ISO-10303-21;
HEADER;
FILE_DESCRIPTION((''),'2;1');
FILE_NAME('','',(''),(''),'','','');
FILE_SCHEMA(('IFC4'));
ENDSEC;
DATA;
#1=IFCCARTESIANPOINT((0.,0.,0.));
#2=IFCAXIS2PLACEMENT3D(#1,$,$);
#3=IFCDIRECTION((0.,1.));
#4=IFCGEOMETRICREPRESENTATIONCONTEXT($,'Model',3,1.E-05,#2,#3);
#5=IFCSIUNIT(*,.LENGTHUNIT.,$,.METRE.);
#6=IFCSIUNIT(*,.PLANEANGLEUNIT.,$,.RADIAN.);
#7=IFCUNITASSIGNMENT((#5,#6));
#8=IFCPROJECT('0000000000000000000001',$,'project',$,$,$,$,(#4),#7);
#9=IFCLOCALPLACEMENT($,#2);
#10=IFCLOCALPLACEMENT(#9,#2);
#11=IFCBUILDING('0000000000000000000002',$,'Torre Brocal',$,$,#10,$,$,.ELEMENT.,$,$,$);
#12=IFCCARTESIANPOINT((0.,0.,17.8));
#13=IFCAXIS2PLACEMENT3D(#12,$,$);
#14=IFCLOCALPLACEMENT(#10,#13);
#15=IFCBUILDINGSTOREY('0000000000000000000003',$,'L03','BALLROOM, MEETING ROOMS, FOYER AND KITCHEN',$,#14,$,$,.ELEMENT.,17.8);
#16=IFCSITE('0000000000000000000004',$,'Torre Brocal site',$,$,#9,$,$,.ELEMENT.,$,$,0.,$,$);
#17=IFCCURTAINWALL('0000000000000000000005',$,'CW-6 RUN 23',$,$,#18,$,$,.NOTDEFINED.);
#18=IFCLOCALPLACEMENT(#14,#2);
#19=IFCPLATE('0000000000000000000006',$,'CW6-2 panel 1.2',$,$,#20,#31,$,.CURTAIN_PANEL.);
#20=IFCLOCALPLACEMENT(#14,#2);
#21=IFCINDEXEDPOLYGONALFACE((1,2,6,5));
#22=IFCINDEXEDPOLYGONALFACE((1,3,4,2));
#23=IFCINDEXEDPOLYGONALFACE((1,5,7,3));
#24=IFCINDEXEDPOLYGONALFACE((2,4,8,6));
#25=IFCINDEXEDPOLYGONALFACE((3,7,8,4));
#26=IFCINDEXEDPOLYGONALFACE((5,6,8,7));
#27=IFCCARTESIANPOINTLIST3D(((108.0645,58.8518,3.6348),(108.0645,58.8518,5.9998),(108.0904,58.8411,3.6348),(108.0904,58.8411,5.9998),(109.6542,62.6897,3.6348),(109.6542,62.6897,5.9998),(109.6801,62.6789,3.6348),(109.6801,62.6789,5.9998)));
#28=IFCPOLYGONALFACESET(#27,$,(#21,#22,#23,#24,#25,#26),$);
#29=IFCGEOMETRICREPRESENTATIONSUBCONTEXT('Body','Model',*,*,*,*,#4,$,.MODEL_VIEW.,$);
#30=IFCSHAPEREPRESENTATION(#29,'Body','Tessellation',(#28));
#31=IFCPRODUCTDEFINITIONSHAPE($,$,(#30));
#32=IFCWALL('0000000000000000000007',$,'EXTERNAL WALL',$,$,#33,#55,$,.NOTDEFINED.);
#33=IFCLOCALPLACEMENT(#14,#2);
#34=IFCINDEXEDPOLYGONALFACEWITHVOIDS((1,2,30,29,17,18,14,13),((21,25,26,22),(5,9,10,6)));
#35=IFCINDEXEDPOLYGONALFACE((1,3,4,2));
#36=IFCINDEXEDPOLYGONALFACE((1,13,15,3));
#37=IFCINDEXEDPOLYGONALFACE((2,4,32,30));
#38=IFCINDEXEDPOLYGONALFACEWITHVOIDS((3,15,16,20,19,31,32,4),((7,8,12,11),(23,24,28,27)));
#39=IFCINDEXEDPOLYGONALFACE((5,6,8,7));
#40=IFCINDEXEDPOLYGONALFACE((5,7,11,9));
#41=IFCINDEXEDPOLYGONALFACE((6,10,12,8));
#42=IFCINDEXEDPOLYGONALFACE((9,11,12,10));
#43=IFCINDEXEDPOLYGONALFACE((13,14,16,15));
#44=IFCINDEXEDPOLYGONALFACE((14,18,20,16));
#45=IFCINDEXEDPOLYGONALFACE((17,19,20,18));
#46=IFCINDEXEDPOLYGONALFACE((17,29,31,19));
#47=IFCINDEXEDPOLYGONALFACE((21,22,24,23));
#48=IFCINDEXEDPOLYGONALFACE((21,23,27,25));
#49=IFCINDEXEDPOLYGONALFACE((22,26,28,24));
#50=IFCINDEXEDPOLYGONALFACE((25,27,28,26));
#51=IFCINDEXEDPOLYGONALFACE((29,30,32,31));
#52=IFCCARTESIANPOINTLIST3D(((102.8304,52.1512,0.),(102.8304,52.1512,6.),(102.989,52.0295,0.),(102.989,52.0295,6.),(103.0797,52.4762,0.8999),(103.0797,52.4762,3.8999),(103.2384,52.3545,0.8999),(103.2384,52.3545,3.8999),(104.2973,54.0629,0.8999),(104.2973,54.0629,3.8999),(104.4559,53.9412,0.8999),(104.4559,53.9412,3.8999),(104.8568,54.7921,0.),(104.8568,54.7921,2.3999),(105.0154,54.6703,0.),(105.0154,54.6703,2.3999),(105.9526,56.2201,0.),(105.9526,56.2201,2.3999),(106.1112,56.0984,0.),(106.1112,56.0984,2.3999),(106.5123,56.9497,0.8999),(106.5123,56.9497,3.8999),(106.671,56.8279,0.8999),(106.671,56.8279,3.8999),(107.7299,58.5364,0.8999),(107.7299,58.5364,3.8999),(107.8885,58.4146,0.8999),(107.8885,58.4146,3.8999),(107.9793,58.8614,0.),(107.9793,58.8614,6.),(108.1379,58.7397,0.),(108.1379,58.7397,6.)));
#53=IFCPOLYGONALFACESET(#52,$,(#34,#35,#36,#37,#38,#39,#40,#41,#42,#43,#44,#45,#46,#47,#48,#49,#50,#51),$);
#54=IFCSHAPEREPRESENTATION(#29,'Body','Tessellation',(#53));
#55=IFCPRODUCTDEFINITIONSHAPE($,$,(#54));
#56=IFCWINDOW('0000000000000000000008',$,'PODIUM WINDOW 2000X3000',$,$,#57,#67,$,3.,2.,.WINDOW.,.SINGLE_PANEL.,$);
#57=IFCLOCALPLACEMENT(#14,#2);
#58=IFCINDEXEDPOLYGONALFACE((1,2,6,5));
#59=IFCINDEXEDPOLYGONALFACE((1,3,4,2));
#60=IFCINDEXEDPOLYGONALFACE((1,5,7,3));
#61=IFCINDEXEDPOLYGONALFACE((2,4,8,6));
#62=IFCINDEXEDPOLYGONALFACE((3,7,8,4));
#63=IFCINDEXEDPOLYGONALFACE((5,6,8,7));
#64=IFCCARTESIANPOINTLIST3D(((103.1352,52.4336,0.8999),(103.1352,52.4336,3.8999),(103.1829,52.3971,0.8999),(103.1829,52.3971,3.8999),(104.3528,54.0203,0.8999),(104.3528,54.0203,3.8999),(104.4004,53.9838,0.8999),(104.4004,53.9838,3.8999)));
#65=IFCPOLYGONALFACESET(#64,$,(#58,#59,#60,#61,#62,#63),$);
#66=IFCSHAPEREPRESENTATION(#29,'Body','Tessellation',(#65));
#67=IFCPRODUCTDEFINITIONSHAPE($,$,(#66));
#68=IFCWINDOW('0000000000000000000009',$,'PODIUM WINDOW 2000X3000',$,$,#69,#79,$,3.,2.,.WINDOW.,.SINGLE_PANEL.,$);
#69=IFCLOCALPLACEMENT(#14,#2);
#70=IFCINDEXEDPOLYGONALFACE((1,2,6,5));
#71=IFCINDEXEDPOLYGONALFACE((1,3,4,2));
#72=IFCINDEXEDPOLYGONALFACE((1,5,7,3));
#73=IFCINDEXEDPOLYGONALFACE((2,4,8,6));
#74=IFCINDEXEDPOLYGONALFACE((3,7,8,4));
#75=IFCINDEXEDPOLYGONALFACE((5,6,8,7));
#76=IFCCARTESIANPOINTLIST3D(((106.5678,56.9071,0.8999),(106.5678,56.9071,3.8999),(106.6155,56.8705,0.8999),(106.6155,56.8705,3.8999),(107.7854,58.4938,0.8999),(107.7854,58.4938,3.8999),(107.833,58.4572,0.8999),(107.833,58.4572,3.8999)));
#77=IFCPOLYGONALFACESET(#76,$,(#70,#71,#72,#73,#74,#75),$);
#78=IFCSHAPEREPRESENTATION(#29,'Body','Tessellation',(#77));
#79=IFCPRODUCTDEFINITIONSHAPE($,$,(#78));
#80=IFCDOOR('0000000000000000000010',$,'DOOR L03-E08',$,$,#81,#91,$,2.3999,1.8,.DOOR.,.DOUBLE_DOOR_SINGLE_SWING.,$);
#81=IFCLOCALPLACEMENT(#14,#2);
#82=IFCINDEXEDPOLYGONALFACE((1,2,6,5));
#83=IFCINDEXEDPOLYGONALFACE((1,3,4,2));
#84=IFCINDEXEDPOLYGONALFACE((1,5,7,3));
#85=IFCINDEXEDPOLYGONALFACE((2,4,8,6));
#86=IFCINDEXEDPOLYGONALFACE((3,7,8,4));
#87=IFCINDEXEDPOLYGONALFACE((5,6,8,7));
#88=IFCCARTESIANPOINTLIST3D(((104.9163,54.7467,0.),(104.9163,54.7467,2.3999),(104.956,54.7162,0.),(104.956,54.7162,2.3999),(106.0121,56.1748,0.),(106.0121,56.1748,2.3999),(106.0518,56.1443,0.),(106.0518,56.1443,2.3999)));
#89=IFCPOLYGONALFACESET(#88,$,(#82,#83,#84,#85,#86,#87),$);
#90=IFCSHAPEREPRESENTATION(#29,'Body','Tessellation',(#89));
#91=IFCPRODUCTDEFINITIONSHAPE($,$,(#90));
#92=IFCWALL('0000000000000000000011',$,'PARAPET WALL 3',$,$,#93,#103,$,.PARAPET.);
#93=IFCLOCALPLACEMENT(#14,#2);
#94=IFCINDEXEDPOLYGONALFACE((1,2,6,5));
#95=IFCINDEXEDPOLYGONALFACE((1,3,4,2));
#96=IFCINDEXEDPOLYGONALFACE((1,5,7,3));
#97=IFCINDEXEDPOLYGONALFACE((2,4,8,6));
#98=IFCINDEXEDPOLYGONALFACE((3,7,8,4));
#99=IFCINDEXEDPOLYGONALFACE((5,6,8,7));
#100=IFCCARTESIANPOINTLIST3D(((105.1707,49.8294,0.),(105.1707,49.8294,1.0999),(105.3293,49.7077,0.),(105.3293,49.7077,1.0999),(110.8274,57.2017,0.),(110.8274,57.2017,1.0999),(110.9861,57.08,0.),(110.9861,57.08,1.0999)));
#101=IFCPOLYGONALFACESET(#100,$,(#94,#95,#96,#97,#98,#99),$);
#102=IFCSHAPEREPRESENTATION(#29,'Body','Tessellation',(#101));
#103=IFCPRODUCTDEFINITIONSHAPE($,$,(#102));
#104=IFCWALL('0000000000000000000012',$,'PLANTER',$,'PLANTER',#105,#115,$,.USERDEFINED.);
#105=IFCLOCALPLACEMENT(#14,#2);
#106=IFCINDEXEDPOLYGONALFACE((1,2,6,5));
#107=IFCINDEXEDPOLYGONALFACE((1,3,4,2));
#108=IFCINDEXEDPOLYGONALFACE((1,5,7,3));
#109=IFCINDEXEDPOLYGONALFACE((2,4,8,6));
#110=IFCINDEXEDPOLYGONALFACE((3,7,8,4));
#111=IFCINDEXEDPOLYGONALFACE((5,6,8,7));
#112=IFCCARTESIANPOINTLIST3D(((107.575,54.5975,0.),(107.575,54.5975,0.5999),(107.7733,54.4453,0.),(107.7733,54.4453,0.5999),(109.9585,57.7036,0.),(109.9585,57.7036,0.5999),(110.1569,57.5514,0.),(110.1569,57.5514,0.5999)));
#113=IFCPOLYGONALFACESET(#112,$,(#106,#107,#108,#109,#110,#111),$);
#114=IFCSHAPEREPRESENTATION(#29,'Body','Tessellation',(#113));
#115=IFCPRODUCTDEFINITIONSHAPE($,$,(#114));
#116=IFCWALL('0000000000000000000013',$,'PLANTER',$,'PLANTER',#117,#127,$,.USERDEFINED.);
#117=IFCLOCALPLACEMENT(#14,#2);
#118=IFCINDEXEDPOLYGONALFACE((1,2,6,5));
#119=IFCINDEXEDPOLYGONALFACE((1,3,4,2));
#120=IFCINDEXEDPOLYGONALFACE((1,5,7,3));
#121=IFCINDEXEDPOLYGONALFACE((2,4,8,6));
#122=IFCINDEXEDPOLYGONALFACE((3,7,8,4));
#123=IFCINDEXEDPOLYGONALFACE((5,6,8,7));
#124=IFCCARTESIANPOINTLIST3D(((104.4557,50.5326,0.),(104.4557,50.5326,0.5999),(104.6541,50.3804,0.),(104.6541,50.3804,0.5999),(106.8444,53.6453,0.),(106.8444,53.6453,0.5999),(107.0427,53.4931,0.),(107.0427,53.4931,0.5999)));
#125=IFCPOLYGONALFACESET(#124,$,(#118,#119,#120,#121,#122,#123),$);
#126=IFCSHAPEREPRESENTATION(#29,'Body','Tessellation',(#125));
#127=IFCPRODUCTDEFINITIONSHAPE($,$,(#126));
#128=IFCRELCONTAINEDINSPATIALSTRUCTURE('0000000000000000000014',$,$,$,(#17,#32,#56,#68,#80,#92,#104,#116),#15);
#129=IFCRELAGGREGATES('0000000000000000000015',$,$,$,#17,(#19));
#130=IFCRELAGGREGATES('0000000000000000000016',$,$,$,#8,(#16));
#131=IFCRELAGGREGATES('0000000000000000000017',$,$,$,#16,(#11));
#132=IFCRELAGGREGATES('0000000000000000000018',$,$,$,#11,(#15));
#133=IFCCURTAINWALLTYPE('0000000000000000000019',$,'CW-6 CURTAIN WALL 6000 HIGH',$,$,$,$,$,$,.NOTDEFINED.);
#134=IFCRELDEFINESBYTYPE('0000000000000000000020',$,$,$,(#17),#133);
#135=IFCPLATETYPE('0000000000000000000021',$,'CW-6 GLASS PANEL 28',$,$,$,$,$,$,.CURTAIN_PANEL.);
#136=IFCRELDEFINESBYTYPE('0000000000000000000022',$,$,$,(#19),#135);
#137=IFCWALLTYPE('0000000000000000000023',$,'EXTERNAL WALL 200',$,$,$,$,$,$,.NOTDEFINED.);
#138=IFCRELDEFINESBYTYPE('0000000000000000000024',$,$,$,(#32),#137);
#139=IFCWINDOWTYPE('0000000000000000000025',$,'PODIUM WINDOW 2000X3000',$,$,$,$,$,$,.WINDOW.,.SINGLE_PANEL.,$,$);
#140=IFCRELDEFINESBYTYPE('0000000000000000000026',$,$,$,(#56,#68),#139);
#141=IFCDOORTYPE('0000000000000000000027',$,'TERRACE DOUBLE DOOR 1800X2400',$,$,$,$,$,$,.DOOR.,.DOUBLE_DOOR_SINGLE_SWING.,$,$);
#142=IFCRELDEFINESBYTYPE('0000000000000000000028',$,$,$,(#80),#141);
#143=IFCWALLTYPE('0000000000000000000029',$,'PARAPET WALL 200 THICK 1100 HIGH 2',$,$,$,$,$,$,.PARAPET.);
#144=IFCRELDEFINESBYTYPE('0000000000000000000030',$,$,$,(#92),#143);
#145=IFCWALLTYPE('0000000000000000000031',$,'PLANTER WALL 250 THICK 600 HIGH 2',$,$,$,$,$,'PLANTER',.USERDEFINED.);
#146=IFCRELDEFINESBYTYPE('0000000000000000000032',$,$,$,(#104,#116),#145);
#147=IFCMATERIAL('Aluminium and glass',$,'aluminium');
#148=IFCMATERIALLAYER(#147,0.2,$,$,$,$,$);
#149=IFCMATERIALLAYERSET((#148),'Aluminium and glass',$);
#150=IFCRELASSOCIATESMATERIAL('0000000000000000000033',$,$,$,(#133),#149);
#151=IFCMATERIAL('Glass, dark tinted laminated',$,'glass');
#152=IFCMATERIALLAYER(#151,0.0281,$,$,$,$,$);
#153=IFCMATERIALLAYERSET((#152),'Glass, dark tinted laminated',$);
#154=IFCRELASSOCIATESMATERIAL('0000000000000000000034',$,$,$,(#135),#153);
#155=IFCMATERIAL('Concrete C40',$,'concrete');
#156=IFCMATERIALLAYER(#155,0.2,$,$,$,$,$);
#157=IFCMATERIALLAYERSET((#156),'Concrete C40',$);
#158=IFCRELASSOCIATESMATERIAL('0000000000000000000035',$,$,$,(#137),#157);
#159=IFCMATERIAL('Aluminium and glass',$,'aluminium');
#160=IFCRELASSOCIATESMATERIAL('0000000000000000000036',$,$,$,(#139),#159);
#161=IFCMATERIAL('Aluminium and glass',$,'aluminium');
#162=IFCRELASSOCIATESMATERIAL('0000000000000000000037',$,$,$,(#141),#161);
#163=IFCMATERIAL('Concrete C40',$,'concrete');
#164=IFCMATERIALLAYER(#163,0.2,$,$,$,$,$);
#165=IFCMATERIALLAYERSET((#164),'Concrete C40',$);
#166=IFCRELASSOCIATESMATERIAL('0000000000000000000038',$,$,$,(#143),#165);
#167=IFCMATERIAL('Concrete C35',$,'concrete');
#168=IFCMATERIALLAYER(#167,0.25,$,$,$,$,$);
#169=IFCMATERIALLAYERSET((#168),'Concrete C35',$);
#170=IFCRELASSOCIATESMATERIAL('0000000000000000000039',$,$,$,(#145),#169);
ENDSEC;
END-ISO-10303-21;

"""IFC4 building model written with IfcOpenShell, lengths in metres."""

from ifc_helpers import new_model, si_unit, direction, frame, frame_2d, origin, origin_2d, place, context, subcontext, project, spatial, rectangle, extrude, material, layer, layer_set, type_object, element, fill, aggregate, save


model = new_model("IFC4")

# Units and contexts
model_context = context("Model", 3, precision=1e-05, world=origin(), true_north=direction((0.0, 1.0)))
body_context = subcontext(model_context, "Body", "Model", "MODEL_VIEW")
ifc_project = project(units=[si_unit("LENGTHUNIT", "METRE"), si_unit("PLANEANGLEUNIT", "RADIAN")], contexts=[model_context])

# Site, building, storey
site_placement = place(None, origin())
site = spatial("IfcSite", under=ifc_project, at=site_placement, Name="Torre Brocal site", CompositionType="ELEMENT", RefElevation=0.0)
building_placement = place(site_placement, origin())
building = spatial("IfcBuilding", under=site, at=building_placement, Name="Torre Brocal", CompositionType="ELEMENT")
storey_placement = place(building_placement, frame((0.0, 0.0, 17.8)))
storey = spatial("IfcBuildingStorey", under=building, at=storey_placement, Name="L03", Description="BALLROOM, MEETING ROOMS, FOYER AND KITCHEN", CompositionType="ELEMENT", Elevation=17.8)

# Shared definitions
ifc_material_1 = material(Name="Aluminium and glass", Category="aluminium")
ifc_layer_1 = layer(ifc_material_1, 0.2)
ifc_layer_set_1 = layer_set([ifc_layer_1], Name="Aluminium and glass")
curtain_wall_type = type_object("IfcCurtainWallType", Name="CW-6 CURTAIN WALL 6000 HIGH", PredefinedType="NOTDEFINED", material=ifc_layer_set_1)

# Curtain wall
curtain_wall_1_placement = place(storey_placement, origin())
curtain_wall_1 = element("IfcCurtainWall", 1, at=curtain_wall_1_placement, inside=storey, type_object=curtain_wall_type, Name="CW-6 RUN 23", PredefinedType="NOTDEFINED")

# Plate
ifc_material_2 = material(Name="Glass, dark tinted laminated", Category="glass")
ifc_layer_2 = layer(ifc_material_2, 0.0281)
ifc_layer_set_2 = layer_set([ifc_layer_2], Name="Glass, dark tinted laminated")
plate_type = type_object("IfcPlateType", Name="CW-6 GLASS PANEL 28", PredefinedType="CURTAIN_PANEL", material=ifc_layer_set_2)
plate_1_placement = place(storey_placement, frame((108.8723, 60.7654, 3.6348), z_axis=(0.0, 0.0, 1.0), x_axis=(0.382683, 0.92388, 0.0)))
plate_1 = element("IfcPlate", 2, at=plate_1_placement, type_object=plate_type, Name="CW6-2 panel 1.2", PredefinedType="CURTAIN_PANEL", context=body_context, shape_type="SweptSolid", body=[
    extrude(rectangle(XDim=4.1541, YDim=0.0281, at=origin_2d()), origin(), (0.0, 0.0, 1.0), 2.365),
])
aggregate(curtain_wall_1, [plate_1])

# Wall, openings, windows, door
ifc_material_3 = material(Name="Concrete C40", Category="concrete")
ifc_layer_3 = layer(ifc_material_3, 0.2)
ifc_layer_set_3 = layer_set([ifc_layer_3], Name="Concrete C40")
wall_type_1 = type_object("IfcWallType", Name="EXTERNAL WALL 200", PredefinedType="NOTDEFINED", material=ifc_layer_set_3)
wall_1_placement = place(storey_placement, frame((102.9097, 52.0903, 0.0), z_axis=(0.0, 0.0, 1.0), x_axis=(0.608762, 0.793353, 0.0)))
wall_1 = element("IfcWall", 3, at=wall_1_placement, inside=storey, type_object=wall_type_1, Name="EXTERNAL WALL", PredefinedType="NOTDEFINED", context=body_context, shape_type="SweptSolid", body=[
    extrude(rectangle(XDim=8.458, YDim=0.2, at=frame_2d((4.229, 0.0))), origin(), (0.0, 0.0, 1.0), 6.0),
])
opening_1_placement = place(wall_1_placement, frame((0.4097, 0.0, 0.8999)))
opening_1 = element("IfcOpeningElement", 4, at=opening_1_placement, cuts=wall_1, PredefinedType="OPENING", context=body_context, shape_type="SweptSolid", body=[
    extrude(rectangle(XDim=2.0, YDim=3.0, at=frame_2d((1.0, 1.5))), frame((0.0, 0.1099, 0.0), z_axis=(0.0, -1.0, 0.0), x_axis=(1.0, 0.0, 0.0)), (0.0, 0.0, 1.0), 0.22),
])
opening_2_placement = place(wall_1_placement, frame((3.3289, 0.0, 0.0)))
opening_2 = element("IfcOpeningElement", 5, at=opening_2_placement, cuts=wall_1, PredefinedType="OPENING", context=body_context, shape_type="SweptSolid", body=[
    extrude(rectangle(XDim=1.8, YDim=2.3999, at=frame_2d((0.8999, 1.2))), frame((0.0, 0.1099, 0.0), z_axis=(0.0, -1.0, 0.0), x_axis=(1.0, 0.0, 0.0)), (0.0, 0.0, 1.0), 0.22),
])
opening_3_placement = place(wall_1_placement, frame((6.0483, 0.0, 0.8999)))
opening_3 = element("IfcOpeningElement", 6, at=opening_3_placement, cuts=wall_1, PredefinedType="OPENING", context=body_context, shape_type="SweptSolid", body=[
    extrude(rectangle(XDim=2.0, YDim=3.0, at=frame_2d((1.0, 1.5))), frame((0.0, 0.1099, 0.0), z_axis=(0.0, -1.0, 0.0), x_axis=(1.0, 0.0, 0.0)), (0.0, 0.0, 1.0), 0.22),
])
ifc_material_4 = material(Name="Aluminium and glass", Category="aluminium")
window_type = type_object("IfcWindowType", Name="PODIUM WINDOW 2000X3000", PartitioningType="SINGLE_PANEL", PredefinedType="WINDOW", material=ifc_material_4)
window_1_placement = place(opening_1_placement, origin())
window_1 = element("IfcWindow", 7, at=window_1_placement, inside=storey, type_object=window_type, Name="PODIUM WINDOW 2000X3000", OverallHeight=3.0, OverallWidth=2.0, PartitioningType="SINGLE_PANEL", PredefinedType="WINDOW", context=body_context, shape_type="SweptSolid", body=[
    extrude(rectangle(XDim=2.0, YDim=3.0, at=frame_2d((1.0, 1.5))), frame((0.0, 0.03, 0.0), z_axis=(0.0, -1.0, 0.0), x_axis=(1.0, 0.0, 0.0)), (0.0, 0.0, 1.0), 0.0601),
])
fill(opening_1, window_1)
window_2_placement = place(opening_3_placement, origin())
window_2 = element("IfcWindow", 8, at=window_2_placement, inside=storey, type_object=window_type, Name="PODIUM WINDOW 2000X3000", OverallHeight=3.0, OverallWidth=2.0, PartitioningType="SINGLE_PANEL", PredefinedType="WINDOW", context=body_context, shape_type="SweptSolid", body=[
    extrude(rectangle(XDim=2.0, YDim=3.0, at=frame_2d((1.0, 1.5))), frame((0.0, 0.03, 0.0), z_axis=(0.0, -1.0, 0.0), x_axis=(1.0, 0.0, 0.0)), (0.0, 0.0, 1.0), 0.0601),
])
fill(opening_3, window_2)
ifc_material_5 = material(Name="Aluminium and glass", Category="aluminium")
door_type = type_object("IfcDoorType", Name="TERRACE DOUBLE DOOR 1800X2400", OperationType="DOUBLE_DOOR_SINGLE_SWING", PredefinedType="DOOR", material=ifc_material_5)
door_placement = place(opening_2_placement, frame((1.8, 0.0, 0.0), z_axis=(0.0, 0.0, 1.0), x_axis=(-1.0, 0.0, 0.0)))
door = element("IfcDoor", 9, at=door_placement, inside=storey, type_object=door_type, Name="DOOR L03-E08", OperationType="DOUBLE_DOOR_SINGLE_SWING", OverallHeight=2.3999, OverallWidth=1.8, PredefinedType="DOOR", context=body_context, shape_type="SweptSolid", body=[
    extrude(rectangle(XDim=1.8, YDim=2.3999, at=frame_2d((0.8999, 1.2))), frame((0.0, 0.0249, 0.0), z_axis=(0.0, -1.0, 0.0), x_axis=(1.0, 0.0, 0.0)), (0.0, 0.0, 1.0), 0.05),
])
fill(opening_2, door)

# Walls
ifc_material_6 = material(Name="Concrete C40", Category="concrete")
ifc_layer_4 = layer(ifc_material_6, 0.2)
ifc_layer_set_4 = layer_set([ifc_layer_4], Name="Concrete C40")
wall_type_2 = type_object("IfcWallType", Name="PARAPET WALL 200 THICK 1100 HIGH 2", PredefinedType="PARAPET", material=ifc_layer_set_4)
wall_2_placement = place(storey_placement, frame((110.9067, 57.1409, 0.0), z_axis=(0.0, 0.0, 1.0), x_axis=(-0.608745, -0.793366, 0.0)))
element("IfcWall", 10, at=wall_2_placement, inside=storey, type_object=wall_type_2, Name="PARAPET WALL 3", PredefinedType="PARAPET", context=body_context, shape_type="SweptSolid", body=[
    extrude(rectangle(XDim=9.2925, YDim=0.2, at=frame_2d((4.6462, 0.0))), origin(), (0.0, 0.0, 1.0), 1.0999),
])
ifc_material_7 = material(Name="Concrete C35", Category="concrete")
ifc_layer_5 = layer(ifc_material_7, 0.25)
ifc_layer_set_5 = layer_set([ifc_layer_5], Name="Concrete C35")
wall_type_3 = type_object("IfcWallType", Name="PLANTER WALL 250 THICK 600 HIGH 2", ElementType="PLANTER", PredefinedType="USERDEFINED", material=ifc_layer_set_5)
wall_3_placement = place(storey_placement, frame((110.0576, 57.6274, 0.0), z_axis=(0.0, 0.0, 1.0), x_axis=(-0.608773, -0.793344, 0.0)))
element("IfcWall", 11, at=wall_3_placement, inside=storey, type_object=wall_type_3, Name="PLANTER", ObjectType="PLANTER", PredefinedType="USERDEFINED", context=body_context, shape_type="SweptSolid", body=[
    extrude(rectangle(XDim=3.9153, YDim=0.25, at=frame_2d((1.9575, 0.0))), origin(), (0.0, 0.0, 1.0), 0.5999),
])
wall_4_placement = place(storey_placement, frame((106.9436, 53.5693, 0.0), z_axis=(0.0, 0.0, 1.0), x_axis=(-0.608784, -0.793336, 0.0)))
element("IfcWall", 12, at=wall_4_placement, inside=storey, type_object=wall_type_3, Name="PLANTER", ObjectType="PLANTER", PredefinedType="USERDEFINED", context=body_context, shape_type="SweptSolid", body=[
    extrude(rectangle(XDim=3.9236, YDim=0.25, at=frame_2d((1.9619, 0.0))), origin(), (0.0, 0.0, 1.0), 0.5999),
])

save(model, "model.ifc")
